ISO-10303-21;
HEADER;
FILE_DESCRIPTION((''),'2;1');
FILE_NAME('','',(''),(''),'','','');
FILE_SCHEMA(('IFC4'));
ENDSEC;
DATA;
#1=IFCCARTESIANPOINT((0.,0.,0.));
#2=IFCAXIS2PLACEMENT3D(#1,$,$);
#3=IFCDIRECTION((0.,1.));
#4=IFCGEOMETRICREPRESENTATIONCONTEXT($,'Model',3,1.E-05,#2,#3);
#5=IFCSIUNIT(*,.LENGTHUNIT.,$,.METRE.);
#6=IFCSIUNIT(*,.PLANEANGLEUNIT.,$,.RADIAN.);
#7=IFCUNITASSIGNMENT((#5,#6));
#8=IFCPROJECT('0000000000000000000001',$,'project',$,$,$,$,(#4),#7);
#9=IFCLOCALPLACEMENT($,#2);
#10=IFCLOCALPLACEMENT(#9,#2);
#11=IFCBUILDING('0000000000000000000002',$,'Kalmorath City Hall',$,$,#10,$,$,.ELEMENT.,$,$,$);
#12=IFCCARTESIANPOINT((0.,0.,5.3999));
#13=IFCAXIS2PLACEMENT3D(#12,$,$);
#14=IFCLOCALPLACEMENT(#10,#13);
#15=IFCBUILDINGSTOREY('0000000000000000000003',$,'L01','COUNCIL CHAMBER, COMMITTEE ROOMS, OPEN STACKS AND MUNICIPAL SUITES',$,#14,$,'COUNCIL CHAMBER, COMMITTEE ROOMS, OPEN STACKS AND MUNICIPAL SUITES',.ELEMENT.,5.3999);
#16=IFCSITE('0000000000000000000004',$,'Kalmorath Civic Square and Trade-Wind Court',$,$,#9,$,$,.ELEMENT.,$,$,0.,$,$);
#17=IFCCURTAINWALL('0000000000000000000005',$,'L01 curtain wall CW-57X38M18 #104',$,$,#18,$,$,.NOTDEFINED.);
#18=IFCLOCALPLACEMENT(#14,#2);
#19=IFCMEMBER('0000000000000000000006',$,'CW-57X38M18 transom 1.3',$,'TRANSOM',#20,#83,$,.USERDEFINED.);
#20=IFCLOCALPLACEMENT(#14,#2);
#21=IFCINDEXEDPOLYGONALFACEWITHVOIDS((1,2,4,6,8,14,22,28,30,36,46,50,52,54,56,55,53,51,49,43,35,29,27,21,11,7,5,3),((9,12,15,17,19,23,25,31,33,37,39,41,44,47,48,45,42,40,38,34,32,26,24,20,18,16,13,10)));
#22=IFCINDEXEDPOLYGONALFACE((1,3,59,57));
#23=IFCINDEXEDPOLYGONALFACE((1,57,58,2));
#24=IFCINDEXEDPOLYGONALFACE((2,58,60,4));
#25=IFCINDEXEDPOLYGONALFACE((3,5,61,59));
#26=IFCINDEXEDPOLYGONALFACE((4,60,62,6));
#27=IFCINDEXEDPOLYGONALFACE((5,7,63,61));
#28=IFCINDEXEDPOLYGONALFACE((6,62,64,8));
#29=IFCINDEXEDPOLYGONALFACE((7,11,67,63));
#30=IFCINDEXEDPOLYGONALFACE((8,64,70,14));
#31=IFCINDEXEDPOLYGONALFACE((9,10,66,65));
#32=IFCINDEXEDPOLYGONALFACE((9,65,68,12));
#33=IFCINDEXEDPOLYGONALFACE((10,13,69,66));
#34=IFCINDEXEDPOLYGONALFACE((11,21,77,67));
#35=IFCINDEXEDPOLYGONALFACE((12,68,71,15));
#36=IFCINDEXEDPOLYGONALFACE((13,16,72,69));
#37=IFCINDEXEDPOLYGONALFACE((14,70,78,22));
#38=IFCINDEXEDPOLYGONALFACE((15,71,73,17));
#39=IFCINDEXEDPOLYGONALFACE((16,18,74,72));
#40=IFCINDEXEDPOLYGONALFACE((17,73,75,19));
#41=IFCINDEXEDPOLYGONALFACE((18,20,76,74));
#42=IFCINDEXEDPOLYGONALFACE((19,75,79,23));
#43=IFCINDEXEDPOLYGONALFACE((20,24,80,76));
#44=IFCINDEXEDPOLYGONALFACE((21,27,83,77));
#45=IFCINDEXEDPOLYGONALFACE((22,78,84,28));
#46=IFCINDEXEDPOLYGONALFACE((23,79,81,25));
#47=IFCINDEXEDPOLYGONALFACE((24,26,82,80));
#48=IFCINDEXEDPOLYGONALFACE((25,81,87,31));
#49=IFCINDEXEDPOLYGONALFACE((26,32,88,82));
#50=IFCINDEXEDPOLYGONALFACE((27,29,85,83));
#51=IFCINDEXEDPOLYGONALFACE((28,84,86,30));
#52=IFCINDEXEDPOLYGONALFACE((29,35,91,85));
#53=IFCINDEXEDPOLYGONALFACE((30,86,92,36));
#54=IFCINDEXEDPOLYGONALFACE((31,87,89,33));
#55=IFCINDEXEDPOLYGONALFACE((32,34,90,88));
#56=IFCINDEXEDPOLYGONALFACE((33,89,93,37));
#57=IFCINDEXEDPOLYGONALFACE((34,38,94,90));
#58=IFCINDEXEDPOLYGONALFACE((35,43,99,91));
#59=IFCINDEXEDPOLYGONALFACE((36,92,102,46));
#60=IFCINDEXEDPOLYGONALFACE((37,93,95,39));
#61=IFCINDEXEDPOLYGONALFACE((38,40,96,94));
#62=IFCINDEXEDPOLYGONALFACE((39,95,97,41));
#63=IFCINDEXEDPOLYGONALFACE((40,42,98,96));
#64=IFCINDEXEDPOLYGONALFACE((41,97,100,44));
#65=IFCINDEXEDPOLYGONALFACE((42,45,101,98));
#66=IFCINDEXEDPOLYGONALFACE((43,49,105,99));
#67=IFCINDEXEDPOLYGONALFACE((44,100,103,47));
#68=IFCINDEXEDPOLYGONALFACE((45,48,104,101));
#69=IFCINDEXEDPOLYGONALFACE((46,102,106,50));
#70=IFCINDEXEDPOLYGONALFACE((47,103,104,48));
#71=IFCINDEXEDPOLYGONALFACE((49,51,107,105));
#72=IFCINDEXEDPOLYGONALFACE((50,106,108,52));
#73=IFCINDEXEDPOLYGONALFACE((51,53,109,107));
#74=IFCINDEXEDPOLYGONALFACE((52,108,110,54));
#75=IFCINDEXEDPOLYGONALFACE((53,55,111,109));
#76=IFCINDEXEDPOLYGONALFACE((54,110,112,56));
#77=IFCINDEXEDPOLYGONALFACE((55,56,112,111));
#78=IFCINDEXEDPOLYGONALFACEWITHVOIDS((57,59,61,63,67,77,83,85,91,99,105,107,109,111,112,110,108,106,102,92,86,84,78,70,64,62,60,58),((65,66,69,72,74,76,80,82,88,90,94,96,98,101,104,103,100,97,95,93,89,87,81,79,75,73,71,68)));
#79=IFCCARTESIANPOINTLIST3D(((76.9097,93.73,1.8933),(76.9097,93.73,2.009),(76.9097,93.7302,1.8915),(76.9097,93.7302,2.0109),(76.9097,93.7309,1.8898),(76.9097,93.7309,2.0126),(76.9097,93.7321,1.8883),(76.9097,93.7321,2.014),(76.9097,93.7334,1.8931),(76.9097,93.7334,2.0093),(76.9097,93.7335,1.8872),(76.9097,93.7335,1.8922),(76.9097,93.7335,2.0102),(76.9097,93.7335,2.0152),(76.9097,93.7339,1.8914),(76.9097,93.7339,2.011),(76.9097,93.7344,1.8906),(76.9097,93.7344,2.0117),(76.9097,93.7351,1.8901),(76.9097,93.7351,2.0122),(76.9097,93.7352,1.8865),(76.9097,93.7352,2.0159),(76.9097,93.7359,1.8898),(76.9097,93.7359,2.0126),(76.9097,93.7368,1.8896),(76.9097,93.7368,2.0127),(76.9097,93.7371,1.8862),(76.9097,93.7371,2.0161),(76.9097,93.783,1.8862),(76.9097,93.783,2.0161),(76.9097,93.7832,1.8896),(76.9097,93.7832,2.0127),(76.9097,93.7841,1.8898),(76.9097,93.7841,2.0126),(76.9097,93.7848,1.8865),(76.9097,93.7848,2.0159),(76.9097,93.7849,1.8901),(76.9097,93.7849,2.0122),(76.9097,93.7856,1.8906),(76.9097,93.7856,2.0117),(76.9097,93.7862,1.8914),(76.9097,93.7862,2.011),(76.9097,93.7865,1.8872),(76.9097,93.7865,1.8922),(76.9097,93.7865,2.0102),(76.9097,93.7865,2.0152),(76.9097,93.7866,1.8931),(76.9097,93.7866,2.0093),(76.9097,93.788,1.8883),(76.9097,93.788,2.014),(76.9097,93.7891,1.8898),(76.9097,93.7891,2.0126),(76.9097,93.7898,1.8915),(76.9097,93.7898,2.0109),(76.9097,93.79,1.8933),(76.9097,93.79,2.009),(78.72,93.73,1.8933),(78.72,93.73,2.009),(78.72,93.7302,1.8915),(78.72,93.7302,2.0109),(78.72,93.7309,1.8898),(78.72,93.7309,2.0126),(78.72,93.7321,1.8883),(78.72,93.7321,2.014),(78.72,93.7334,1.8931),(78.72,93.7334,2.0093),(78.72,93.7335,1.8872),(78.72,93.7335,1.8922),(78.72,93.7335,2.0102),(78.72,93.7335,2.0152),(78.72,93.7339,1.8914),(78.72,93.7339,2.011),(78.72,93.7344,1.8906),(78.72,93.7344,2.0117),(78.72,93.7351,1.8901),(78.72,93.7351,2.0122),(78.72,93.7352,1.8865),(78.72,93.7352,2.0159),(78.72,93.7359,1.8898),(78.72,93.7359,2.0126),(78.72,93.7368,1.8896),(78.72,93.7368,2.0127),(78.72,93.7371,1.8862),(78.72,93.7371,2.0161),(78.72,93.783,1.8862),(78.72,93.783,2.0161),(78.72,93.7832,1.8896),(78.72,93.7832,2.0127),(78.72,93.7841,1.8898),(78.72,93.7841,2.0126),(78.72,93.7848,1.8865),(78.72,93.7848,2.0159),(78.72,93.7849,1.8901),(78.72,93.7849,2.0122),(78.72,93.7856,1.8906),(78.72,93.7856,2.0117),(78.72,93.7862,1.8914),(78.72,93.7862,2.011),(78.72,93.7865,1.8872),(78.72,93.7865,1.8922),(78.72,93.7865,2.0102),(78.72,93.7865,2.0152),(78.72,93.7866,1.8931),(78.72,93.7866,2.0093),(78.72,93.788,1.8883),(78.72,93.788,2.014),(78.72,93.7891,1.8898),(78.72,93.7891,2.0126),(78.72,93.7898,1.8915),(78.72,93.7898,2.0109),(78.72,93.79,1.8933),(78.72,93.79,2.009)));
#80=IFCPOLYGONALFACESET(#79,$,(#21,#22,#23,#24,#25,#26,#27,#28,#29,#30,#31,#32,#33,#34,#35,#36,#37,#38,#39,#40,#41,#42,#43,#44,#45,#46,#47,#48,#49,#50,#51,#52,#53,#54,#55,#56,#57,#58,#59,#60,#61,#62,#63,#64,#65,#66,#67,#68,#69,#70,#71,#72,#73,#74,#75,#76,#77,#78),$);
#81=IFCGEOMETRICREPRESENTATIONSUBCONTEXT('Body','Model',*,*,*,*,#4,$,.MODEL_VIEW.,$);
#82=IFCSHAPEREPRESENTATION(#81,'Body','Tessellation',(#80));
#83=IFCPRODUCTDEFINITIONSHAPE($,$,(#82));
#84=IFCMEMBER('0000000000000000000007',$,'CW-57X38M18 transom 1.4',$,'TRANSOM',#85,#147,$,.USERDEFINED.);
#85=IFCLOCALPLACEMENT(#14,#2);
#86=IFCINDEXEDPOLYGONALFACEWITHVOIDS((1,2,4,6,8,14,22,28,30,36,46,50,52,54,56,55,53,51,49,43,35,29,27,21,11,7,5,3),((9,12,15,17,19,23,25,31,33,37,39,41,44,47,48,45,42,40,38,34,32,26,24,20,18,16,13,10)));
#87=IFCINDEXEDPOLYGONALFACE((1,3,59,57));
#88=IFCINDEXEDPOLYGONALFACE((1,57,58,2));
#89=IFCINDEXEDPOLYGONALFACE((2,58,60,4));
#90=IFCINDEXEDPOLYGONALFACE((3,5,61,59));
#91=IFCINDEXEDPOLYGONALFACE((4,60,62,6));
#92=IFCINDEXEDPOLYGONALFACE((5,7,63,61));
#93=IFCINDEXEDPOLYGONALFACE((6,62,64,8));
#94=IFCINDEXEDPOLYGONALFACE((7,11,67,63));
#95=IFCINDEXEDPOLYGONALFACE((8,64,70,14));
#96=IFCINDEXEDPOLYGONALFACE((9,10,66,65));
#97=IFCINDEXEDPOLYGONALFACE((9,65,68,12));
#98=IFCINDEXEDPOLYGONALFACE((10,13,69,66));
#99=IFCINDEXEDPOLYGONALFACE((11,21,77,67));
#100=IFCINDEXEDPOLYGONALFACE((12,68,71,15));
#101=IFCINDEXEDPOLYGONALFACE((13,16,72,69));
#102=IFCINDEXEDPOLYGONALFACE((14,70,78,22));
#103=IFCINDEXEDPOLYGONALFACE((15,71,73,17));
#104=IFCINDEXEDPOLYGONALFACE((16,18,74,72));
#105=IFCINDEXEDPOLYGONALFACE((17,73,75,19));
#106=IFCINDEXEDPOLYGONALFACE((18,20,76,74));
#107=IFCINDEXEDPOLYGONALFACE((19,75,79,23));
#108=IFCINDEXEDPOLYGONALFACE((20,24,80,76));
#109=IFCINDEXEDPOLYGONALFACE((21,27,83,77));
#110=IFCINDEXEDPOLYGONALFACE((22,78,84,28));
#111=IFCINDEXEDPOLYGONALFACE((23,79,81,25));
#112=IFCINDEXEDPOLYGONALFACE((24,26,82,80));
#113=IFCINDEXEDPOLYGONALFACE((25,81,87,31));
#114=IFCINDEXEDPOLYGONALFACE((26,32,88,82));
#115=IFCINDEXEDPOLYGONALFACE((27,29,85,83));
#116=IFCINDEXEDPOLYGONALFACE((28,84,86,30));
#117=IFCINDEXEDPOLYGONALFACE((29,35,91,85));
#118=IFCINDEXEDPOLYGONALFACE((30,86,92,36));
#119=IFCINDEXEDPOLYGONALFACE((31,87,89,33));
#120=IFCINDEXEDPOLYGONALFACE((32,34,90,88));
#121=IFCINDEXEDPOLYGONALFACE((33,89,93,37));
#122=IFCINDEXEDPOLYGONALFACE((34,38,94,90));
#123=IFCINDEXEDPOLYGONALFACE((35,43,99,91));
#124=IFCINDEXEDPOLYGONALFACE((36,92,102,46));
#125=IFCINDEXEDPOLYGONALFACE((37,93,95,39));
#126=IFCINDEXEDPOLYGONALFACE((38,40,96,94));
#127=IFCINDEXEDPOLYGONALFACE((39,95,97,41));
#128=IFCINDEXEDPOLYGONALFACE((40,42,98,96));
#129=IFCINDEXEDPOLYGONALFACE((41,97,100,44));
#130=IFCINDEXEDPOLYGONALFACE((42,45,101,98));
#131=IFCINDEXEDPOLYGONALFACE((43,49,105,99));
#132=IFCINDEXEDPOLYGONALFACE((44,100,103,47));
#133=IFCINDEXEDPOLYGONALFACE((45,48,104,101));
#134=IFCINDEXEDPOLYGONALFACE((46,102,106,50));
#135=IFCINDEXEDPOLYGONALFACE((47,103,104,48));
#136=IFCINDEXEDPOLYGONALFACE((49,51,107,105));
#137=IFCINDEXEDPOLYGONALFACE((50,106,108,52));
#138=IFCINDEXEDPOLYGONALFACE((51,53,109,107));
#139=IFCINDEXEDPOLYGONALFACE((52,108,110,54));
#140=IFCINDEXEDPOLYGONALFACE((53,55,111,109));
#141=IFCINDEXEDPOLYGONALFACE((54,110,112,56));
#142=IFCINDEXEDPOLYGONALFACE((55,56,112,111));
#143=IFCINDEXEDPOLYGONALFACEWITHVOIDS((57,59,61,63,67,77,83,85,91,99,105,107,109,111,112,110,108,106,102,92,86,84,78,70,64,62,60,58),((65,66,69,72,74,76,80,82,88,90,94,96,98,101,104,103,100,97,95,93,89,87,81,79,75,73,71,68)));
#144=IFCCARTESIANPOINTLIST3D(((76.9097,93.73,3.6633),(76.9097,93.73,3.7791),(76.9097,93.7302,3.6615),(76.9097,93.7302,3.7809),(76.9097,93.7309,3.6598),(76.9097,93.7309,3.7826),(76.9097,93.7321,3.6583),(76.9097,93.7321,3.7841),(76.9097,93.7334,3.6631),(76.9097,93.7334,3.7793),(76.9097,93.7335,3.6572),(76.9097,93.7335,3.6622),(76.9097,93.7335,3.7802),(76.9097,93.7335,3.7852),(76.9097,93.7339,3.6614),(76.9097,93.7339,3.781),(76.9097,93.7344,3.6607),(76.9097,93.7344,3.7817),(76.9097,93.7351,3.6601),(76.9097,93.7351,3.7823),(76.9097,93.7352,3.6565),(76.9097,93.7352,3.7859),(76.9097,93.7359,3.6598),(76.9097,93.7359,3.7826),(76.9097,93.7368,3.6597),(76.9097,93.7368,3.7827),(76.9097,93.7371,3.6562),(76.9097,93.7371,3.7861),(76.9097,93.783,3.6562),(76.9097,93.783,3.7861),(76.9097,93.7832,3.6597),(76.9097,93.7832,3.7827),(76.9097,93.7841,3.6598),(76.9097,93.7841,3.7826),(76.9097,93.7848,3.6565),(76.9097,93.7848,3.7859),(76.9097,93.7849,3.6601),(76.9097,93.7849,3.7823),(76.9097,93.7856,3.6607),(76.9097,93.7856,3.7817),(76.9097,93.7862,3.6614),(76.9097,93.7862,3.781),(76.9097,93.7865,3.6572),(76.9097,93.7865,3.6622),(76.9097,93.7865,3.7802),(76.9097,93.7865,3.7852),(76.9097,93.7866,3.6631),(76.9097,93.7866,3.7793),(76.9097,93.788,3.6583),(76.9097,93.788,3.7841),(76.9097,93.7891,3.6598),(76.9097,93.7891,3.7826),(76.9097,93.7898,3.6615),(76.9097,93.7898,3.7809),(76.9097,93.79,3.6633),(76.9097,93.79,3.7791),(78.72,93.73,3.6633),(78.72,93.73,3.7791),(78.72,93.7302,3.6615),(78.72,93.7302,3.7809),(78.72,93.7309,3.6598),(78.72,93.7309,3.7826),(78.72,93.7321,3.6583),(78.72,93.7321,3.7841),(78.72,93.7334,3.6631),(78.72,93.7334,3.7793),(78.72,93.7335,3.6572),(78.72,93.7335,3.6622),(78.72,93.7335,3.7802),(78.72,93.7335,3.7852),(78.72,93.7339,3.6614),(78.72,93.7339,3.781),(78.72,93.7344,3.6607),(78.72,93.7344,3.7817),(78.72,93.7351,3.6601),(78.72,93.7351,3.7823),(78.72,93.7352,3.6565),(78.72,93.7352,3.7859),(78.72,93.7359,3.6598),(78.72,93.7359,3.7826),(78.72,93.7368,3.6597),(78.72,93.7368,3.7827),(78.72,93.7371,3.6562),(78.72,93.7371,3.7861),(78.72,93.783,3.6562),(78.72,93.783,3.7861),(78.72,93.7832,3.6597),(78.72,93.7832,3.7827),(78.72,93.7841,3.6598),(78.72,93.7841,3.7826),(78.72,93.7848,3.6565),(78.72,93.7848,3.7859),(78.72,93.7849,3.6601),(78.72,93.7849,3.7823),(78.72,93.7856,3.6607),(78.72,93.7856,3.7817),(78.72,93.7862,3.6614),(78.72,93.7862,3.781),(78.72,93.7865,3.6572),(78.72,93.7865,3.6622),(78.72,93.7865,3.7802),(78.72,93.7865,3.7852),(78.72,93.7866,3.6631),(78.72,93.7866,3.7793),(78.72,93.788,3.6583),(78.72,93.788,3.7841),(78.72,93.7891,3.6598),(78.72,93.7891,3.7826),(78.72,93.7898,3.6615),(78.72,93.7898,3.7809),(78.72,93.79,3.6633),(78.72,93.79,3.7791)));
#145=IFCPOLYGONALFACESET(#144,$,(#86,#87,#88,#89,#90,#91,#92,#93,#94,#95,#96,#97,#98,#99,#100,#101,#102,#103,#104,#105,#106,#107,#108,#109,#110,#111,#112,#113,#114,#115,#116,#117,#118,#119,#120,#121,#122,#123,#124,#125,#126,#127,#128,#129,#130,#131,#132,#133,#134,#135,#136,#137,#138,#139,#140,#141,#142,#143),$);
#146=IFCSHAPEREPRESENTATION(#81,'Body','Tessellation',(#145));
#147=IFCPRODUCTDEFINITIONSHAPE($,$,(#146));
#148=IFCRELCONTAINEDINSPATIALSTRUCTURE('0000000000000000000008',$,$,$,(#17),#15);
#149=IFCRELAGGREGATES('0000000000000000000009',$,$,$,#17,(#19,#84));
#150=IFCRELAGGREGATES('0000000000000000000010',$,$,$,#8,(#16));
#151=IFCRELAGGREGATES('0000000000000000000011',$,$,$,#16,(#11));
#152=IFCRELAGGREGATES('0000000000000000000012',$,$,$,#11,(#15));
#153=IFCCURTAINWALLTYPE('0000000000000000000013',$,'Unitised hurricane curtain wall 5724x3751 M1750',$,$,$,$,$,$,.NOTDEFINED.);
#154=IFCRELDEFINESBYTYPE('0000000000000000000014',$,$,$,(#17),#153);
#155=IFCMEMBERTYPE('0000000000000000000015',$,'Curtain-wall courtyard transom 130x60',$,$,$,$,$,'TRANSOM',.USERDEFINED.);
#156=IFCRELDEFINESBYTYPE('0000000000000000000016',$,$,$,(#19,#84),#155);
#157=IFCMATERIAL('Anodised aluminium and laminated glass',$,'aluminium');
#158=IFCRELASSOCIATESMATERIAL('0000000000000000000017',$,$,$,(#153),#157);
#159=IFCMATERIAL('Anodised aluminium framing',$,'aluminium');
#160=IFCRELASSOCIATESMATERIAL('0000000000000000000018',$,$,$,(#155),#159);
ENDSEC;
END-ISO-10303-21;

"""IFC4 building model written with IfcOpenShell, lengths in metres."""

from ifc_helpers import new_model, si_unit, direction, frame, origin, origin_2d, place, context, subcontext, project, spatial, hollow_rectangle, extrude, material, material_profile, profile_set, type_object, element, aggregate, save


model = new_model("IFC4")

# Units and contexts
model_context = context("Model", 3, precision=1e-05, world=origin(), true_north=direction((0.0, 1.0)))
body_context = subcontext(model_context, "Body", "Model", "MODEL_VIEW")
ifc_project = project(units=[si_unit("LENGTHUNIT", "METRE"), si_unit("PLANEANGLEUNIT", "RADIAN")], contexts=[model_context])

# Site, building, storey
site_placement = place(None, origin())
site = spatial("IfcSite", under=ifc_project, at=site_placement, Name="Kalmorath Civic Square and Trade-Wind Court", CompositionType="ELEMENT", RefElevation=0.0)
building_placement = place(site_placement, origin())
building = spatial("IfcBuilding", under=site, at=building_placement, Name="Kalmorath City Hall", CompositionType="ELEMENT")
storey_placement = place(building_placement, frame((0.0, 0.0, 5.3999)))
storey = spatial("IfcBuildingStorey", under=building, at=storey_placement, Name="L01", Description="COUNCIL CHAMBER, COMMITTEE ROOMS, OPEN STACKS AND MUNICIPAL SUITES", LongName="COUNCIL CHAMBER, COMMITTEE ROOMS, OPEN STACKS AND MUNICIPAL SUITES", CompositionType="ELEMENT", Elevation=5.3999)

# Curtain wall, members
ifc_material_1 = material(Name="Anodised aluminium and laminated glass", Category="aluminium")
curtain_wall_type = type_object("IfcCurtainWallType", Name="Unitised hurricane curtain wall 5724x3751 M1750", PredefinedType="NOTDEFINED", material=ifc_material_1)
curtain_wall_placement = place(storey_placement, origin())
curtain_wall = element("IfcCurtainWall", 1, at=curtain_wall_placement, inside=storey, type_object=curtain_wall_type, Name="L01 curtain wall CW-57X38M18 #104", PredefinedType="NOTDEFINED")
ifc_material_2 = material(Name="Anodised aluminium framing", Category="aluminium")
ifc_material_profile_1 = material_profile(ifc_material_2, hollow_rectangle(XDim=0.0601, YDim=0.1299, WallThickness=0.0034, InnerFilletRadius=0.0034, OuterFilletRadius=0.0071, at=origin_2d()), Name="ALU-TRN-130X60X3.5")
ifc_profile_set_1 = profile_set([ifc_material_profile_1], Name="Anodised aluminium framing")
member_type_1 = type_object("IfcMemberType", Name="Curtain-wall courtyard transom 130x60", ElementType="TRANSOM", PredefinedType="USERDEFINED", material=ifc_profile_set_1)
member_1_placement = place(storey_placement, frame((78.72, 93.76, 1.9512), z_axis=(-1.0, 0.0, 0.0), x_axis=(0.0, -1.0, 0.0)))
member_1 = element("IfcMember", 2, at=member_1_placement, type_object=member_type_1, Name="CW-57X38M18 transom 1.3", ObjectType="TRANSOM", PredefinedType="USERDEFINED", context=body_context, shape_type="SweptSolid", body=[
    extrude(hollow_rectangle(XDim=0.0601, YDim=0.1299, WallThickness=0.0034, InnerFilletRadius=0.0034, OuterFilletRadius=0.0071, at=origin_2d()), origin(), (0.0, 0.0, 1.0), 1.8103),
])
member_2_placement = place(storey_placement, frame((78.72, 93.76, 3.7212), z_axis=(-1.0, 0.0, 0.0), x_axis=(0.0, -1.0, 0.0)))
member_2 = element("IfcMember", 3, at=member_2_placement, type_object=member_type_1, Name="CW-57X38M18 transom 1.4", ObjectType="TRANSOM", PredefinedType="USERDEFINED", context=body_context, shape_type="SweptSolid", body=[
    extrude(hollow_rectangle(XDim=0.0601, YDim=0.1299, WallThickness=0.0034, InnerFilletRadius=0.0034, OuterFilletRadius=0.0071, at=origin_2d()), origin(), (0.0, 0.0, 1.0), 1.8103),
])
aggregate(curtain_wall, [member_1, member_2])

save(model, "model.ifc")
